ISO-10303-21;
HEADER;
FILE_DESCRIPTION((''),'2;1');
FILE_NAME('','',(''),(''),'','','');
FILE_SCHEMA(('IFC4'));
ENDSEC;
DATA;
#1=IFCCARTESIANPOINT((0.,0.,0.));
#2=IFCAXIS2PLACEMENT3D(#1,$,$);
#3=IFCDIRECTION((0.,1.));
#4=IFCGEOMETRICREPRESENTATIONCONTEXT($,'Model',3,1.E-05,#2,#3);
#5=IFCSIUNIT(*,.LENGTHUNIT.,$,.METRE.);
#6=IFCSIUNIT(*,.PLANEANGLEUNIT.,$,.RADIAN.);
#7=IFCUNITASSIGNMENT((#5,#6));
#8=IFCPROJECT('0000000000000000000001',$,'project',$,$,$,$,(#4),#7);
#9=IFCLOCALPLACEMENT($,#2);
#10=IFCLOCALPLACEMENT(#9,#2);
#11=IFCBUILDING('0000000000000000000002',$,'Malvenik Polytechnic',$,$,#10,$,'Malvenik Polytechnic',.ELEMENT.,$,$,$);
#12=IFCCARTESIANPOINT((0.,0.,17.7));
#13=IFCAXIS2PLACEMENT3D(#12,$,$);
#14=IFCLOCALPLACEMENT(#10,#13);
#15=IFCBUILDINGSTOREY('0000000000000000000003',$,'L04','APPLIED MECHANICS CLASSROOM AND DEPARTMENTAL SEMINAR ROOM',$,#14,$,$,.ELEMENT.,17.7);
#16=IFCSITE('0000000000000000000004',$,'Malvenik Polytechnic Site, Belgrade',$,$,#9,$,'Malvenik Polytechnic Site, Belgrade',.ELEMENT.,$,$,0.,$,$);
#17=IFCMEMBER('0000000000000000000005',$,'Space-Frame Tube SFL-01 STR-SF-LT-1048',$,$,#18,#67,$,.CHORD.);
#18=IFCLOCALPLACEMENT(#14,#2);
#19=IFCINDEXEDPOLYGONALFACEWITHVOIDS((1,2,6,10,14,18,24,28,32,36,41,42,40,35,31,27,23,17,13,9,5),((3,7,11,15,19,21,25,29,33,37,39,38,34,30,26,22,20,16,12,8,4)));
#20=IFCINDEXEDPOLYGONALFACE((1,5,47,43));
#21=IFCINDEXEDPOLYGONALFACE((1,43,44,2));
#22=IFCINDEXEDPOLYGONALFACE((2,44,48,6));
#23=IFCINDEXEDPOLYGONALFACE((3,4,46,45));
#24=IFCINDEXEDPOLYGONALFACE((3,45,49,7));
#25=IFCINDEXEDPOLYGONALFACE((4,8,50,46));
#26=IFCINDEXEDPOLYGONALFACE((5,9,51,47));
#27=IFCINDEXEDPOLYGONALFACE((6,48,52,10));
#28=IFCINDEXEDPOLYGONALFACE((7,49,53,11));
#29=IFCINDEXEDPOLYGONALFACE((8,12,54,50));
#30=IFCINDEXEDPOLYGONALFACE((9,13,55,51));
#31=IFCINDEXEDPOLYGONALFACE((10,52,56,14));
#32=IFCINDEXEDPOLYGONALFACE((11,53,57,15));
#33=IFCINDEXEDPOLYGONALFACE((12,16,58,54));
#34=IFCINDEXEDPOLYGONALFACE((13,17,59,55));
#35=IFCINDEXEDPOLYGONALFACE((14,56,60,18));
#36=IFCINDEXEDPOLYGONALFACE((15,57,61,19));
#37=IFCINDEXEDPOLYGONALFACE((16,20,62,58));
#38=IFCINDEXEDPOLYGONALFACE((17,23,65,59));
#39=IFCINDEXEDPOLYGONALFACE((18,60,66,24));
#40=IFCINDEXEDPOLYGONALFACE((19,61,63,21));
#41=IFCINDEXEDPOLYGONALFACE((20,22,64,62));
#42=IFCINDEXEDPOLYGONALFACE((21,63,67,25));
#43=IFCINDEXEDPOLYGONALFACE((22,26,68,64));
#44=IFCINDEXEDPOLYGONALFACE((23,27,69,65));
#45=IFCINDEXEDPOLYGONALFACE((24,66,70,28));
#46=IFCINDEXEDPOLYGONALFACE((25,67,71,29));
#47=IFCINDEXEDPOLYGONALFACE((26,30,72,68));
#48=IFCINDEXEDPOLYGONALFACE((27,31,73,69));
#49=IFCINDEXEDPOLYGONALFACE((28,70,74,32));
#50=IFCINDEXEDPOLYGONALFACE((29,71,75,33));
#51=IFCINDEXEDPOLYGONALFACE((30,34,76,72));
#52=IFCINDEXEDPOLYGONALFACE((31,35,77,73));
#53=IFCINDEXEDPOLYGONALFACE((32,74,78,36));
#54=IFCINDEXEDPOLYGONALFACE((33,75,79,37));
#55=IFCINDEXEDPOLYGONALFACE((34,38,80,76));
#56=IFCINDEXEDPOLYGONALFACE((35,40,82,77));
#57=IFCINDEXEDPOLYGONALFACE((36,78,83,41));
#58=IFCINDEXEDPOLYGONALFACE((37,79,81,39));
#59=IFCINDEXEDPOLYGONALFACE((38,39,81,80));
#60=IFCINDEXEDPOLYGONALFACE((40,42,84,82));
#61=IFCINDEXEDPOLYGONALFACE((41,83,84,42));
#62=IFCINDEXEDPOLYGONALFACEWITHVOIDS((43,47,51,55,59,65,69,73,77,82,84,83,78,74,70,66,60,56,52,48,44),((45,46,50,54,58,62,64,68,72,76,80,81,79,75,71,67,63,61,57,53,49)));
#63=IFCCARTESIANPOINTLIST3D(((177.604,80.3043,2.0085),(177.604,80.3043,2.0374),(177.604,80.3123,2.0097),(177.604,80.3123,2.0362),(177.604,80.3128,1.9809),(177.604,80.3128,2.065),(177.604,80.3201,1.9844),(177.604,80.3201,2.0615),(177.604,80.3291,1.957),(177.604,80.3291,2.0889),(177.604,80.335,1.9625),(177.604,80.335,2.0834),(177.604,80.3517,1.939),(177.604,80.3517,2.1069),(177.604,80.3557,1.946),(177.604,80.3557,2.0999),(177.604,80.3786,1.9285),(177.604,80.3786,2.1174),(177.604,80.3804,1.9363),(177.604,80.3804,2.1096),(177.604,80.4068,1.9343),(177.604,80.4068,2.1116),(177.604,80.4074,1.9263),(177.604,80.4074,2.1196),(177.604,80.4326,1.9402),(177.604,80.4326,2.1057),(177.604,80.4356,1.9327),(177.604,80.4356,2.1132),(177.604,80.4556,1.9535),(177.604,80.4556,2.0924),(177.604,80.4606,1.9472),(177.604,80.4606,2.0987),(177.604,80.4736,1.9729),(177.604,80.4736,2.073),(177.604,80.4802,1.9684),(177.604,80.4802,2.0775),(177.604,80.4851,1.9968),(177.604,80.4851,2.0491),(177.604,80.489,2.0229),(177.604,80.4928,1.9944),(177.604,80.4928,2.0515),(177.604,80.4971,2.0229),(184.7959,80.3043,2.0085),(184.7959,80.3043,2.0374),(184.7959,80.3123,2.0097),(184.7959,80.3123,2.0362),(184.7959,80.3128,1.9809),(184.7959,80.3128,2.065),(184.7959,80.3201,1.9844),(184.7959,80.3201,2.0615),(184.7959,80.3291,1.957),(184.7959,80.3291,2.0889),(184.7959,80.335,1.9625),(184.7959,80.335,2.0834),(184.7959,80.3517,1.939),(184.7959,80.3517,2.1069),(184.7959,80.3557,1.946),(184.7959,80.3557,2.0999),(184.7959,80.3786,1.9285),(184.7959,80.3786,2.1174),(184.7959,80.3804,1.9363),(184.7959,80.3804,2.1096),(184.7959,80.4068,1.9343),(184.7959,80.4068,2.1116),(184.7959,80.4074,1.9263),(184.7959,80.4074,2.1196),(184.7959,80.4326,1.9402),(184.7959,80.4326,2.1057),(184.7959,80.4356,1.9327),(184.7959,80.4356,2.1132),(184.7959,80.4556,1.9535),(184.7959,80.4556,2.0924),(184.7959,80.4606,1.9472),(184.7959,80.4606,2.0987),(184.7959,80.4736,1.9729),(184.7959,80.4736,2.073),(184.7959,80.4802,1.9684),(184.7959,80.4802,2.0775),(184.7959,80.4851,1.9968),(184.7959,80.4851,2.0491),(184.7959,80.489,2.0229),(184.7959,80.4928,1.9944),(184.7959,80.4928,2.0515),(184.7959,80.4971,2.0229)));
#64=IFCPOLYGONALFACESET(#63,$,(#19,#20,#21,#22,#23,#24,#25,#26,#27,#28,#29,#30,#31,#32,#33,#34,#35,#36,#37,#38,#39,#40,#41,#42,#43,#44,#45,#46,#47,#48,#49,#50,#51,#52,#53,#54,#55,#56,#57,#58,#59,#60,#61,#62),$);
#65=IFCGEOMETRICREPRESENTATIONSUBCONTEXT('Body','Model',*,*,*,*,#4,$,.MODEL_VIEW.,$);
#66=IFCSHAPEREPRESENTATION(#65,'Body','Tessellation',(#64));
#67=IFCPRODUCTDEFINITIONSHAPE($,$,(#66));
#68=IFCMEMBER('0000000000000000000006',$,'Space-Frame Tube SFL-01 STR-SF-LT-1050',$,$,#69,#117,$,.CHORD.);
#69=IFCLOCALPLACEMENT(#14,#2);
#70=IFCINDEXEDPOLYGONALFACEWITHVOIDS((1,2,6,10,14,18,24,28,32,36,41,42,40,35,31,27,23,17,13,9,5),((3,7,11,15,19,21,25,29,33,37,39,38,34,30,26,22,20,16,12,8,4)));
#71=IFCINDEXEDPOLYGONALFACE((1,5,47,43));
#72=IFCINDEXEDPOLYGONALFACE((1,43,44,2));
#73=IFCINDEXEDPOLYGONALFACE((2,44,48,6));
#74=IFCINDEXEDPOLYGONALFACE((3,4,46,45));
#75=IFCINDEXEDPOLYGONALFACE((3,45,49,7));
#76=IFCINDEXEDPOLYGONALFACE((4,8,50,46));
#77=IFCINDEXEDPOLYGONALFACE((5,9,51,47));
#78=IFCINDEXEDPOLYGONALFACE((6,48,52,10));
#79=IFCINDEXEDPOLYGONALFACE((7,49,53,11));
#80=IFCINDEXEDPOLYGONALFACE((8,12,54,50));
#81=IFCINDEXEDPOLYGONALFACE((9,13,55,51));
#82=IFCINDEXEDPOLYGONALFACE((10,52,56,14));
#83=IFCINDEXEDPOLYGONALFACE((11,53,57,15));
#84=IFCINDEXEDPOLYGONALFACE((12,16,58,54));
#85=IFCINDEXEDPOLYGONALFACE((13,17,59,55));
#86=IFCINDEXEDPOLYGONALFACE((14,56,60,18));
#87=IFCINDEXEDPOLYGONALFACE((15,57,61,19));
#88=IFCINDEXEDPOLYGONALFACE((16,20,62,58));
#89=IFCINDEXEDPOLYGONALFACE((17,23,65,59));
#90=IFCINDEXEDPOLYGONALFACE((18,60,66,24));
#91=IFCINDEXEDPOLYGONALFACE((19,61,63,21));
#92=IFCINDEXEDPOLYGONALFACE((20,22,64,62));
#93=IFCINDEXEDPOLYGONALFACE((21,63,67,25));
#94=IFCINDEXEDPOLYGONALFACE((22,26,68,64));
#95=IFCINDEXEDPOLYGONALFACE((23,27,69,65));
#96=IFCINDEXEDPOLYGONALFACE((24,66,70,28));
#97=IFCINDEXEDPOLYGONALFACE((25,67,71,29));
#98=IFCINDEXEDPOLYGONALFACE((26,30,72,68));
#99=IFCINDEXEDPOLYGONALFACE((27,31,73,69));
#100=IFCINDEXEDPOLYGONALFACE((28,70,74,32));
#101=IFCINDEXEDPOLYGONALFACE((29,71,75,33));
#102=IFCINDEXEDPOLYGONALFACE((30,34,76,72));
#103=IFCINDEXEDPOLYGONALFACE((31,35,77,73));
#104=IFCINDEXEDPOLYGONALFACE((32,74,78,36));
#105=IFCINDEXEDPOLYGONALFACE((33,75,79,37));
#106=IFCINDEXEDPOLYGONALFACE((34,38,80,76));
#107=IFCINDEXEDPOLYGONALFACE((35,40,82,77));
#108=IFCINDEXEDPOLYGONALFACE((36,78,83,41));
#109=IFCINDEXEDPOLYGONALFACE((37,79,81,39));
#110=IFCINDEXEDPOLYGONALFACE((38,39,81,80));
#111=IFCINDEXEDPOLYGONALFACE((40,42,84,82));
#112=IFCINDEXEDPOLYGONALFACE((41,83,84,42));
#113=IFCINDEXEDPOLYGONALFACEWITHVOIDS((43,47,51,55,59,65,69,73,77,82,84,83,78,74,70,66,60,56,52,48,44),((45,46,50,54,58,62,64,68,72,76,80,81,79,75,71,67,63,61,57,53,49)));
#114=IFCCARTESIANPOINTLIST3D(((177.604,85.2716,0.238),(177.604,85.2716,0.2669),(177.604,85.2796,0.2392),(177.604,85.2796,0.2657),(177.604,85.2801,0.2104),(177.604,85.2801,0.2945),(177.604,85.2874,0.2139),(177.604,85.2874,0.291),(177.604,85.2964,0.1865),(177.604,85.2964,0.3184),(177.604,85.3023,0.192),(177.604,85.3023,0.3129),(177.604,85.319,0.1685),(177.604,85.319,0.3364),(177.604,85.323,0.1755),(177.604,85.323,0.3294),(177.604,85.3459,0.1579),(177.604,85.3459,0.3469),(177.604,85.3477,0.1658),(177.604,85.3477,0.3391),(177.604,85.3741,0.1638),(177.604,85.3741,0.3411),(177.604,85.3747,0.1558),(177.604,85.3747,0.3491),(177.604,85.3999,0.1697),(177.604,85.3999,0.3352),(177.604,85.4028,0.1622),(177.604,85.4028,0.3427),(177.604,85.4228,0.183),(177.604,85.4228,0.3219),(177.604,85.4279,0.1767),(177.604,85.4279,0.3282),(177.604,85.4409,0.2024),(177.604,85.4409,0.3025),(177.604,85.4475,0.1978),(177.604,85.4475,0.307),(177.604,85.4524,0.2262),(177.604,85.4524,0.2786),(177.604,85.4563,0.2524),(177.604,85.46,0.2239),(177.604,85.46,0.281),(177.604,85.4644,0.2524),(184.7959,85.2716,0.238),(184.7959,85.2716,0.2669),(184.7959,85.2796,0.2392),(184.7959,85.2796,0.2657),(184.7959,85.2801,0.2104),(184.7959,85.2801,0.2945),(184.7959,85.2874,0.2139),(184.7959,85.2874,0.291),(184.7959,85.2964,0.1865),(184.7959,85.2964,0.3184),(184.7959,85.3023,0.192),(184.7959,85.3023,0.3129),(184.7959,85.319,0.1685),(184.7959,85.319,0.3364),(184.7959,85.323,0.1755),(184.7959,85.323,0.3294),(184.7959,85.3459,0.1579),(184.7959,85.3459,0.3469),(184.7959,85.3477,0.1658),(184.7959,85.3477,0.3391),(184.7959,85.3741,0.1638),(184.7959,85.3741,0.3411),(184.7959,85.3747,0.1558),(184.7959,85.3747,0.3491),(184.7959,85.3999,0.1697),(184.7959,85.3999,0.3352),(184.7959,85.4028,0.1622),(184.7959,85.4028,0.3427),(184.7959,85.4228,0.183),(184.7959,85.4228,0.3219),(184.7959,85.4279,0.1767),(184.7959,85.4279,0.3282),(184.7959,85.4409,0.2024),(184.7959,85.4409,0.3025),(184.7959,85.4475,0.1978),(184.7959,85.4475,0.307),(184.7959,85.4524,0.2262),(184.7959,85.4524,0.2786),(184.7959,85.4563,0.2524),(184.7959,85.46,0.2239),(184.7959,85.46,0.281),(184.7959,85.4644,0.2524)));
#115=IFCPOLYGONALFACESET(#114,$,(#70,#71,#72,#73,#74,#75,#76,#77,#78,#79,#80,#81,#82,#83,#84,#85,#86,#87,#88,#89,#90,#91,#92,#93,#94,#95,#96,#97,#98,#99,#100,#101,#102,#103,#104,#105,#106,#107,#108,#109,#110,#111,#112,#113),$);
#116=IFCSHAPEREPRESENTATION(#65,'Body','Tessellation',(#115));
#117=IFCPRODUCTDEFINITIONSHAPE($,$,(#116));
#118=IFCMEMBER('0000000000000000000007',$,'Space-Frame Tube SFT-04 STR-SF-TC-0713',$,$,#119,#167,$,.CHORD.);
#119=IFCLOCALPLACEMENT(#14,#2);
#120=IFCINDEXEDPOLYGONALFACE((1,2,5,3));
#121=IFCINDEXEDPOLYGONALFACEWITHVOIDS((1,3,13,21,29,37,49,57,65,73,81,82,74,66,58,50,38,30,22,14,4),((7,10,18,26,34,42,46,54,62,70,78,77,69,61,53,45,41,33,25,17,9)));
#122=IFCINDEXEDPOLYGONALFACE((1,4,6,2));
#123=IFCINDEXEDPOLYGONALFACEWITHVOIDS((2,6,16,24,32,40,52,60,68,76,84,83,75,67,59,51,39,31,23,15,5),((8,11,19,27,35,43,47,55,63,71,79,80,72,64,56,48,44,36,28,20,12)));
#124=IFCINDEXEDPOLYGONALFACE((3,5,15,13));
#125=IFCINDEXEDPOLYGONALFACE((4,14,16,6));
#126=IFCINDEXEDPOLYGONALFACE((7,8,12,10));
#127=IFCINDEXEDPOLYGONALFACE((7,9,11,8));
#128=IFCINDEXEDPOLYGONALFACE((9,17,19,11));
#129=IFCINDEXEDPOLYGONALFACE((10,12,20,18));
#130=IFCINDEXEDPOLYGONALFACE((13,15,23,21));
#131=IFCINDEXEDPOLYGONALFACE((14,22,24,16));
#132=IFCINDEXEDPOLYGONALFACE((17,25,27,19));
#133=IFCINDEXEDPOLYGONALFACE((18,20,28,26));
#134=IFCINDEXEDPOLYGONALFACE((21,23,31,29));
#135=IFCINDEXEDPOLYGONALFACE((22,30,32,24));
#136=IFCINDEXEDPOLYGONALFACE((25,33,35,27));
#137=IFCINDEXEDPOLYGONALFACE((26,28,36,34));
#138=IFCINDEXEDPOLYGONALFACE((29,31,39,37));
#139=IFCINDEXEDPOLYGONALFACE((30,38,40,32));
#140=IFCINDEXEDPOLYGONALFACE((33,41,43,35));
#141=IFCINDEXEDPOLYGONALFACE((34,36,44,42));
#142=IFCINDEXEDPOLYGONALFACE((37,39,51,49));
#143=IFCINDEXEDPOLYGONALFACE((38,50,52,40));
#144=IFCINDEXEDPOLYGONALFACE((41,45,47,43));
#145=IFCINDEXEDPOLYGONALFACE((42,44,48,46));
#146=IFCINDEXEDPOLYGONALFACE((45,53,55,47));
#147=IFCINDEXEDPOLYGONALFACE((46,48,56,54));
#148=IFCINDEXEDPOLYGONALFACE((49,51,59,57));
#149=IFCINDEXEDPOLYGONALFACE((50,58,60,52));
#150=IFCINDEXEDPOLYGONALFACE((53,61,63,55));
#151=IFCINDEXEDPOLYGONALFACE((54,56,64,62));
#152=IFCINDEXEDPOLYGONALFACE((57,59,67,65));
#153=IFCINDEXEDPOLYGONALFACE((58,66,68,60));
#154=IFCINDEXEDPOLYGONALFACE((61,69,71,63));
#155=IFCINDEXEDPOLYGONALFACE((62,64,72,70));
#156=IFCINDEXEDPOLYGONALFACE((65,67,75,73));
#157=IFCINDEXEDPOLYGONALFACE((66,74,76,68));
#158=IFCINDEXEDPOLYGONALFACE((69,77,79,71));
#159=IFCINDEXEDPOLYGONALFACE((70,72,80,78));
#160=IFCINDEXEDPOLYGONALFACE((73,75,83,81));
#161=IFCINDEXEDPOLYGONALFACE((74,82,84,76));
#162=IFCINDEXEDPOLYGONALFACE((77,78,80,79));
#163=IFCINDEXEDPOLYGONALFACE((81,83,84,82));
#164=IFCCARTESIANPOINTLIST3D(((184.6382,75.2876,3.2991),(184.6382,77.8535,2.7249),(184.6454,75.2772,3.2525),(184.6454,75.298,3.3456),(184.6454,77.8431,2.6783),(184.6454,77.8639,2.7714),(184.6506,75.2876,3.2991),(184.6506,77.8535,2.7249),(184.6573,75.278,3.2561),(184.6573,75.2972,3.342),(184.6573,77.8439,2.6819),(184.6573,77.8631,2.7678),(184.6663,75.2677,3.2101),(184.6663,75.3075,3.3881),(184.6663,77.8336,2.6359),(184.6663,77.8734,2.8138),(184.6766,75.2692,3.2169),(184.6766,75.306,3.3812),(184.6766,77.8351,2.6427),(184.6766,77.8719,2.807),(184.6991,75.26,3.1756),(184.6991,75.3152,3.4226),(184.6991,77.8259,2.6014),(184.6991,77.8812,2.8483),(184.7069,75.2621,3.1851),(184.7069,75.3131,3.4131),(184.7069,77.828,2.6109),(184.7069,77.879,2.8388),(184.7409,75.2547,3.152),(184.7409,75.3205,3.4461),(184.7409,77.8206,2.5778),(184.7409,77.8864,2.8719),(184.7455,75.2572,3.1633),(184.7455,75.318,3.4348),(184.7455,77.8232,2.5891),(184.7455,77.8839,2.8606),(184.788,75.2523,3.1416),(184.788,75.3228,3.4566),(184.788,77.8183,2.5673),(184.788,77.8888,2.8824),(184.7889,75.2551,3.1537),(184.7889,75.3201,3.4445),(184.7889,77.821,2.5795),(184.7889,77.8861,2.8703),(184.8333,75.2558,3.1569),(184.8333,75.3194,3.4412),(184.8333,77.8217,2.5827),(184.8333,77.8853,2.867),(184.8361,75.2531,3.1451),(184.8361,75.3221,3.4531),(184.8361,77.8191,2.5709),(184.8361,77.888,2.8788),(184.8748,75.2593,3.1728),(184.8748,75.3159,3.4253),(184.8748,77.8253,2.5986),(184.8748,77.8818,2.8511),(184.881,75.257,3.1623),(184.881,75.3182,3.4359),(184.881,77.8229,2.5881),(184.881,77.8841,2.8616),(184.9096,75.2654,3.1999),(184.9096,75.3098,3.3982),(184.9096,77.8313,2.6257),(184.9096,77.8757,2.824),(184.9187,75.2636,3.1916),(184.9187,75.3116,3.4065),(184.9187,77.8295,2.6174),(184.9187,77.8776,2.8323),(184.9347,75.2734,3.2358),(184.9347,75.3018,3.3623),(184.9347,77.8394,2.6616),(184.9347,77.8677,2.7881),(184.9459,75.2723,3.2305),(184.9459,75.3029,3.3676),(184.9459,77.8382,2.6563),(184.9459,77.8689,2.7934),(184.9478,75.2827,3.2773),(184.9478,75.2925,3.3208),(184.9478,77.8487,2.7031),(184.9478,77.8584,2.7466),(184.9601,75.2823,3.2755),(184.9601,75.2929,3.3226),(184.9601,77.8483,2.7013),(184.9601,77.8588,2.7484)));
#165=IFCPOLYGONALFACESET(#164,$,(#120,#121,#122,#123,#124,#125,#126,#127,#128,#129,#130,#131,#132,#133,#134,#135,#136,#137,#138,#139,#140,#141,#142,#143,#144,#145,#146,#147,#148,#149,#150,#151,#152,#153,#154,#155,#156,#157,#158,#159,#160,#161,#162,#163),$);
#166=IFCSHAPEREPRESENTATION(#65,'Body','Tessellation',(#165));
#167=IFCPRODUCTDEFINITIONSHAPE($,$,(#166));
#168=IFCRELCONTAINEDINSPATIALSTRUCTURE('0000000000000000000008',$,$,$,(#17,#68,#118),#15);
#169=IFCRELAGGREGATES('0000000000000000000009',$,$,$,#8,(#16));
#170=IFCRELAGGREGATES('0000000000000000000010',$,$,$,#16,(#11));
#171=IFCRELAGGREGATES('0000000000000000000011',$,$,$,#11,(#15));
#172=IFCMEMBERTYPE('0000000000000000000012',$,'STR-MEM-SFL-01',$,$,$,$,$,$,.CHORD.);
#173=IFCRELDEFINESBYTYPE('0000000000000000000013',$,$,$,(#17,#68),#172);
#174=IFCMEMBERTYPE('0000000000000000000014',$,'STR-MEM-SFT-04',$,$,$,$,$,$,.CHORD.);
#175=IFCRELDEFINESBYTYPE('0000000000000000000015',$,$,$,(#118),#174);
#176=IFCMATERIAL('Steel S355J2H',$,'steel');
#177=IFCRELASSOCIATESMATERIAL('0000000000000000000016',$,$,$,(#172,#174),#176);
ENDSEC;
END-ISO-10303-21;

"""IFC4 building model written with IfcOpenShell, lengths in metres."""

from ifc_helpers import new_model, si_unit, direction, frame, origin, origin_2d, place, context, subcontext, project, spatial, hollow_circle, extrude, material, material_profile, profile_set, type_object, element, save


model = new_model("IFC4")

# Units and contexts
model_context = context("Model", 3, precision=1e-05, world=origin(), true_north=direction((0.0, 1.0)))
body_context = subcontext(model_context, "Body", "Model", "MODEL_VIEW")
ifc_project = project(units=[si_unit("LENGTHUNIT", "METRE"), si_unit("PLANEANGLEUNIT", "RADIAN")], contexts=[model_context])

# Site, building, storey
site_placement = place(None, origin())
site = spatial("IfcSite", under=ifc_project, at=site_placement, Name="Malvenik Polytechnic Site, Belgrade", LongName="Malvenik Polytechnic Site, Belgrade", CompositionType="ELEMENT", RefElevation=0.0)
building_placement = place(site_placement, origin())
building = spatial("IfcBuilding", under=site, at=building_placement, Name="Malvenik Polytechnic", LongName="Malvenik Polytechnic", CompositionType="ELEMENT")
storey_placement = place(building_placement, frame((0.0, 0.0, 17.7)))
storey = spatial("IfcBuildingStorey", under=building, at=storey_placement, Name="L04", Description="APPLIED MECHANICS CLASSROOM AND DEPARTMENTAL SEMINAR ROOM", CompositionType="ELEMENT", Elevation=17.7)

# Members
ifc_material = material(Name="Steel S355J2H", Category="steel")
ifc_material_profile_1 = material_profile(ifc_material, hollow_circle(Radius=0.0969, WallThickness=0.0081, at=origin_2d()), Name="CHS 193.7x8.0")
ifc_profile_set_1 = profile_set([ifc_material_profile_1], Name="Steel S355J2H")
member_type_1 = type_object("IfcMemberType", Name="STR-MEM-SFL-01", PredefinedType="CHORD", material=ifc_profile_set_1)
for number, where, z_axis, x_axis, name in (
    (1, (177.604, 80.4001, 2.0229), (1.0, 0.0, 0.0), (0.0, 1.0, 0.0), "Space-Frame Tube SFL-01 STR-SF-LT-1048"),
    (2, (177.604, 85.3674, 0.2524), (1.0, 0.0, 0.0), (0.0, 1.0, 0.0), "Space-Frame Tube SFL-01 STR-SF-LT-1050"),
):
    element("IfcMember", number, at=place(storey_placement, frame(where, z_axis=z_axis, x_axis=x_axis)), inside=storey, type_object=member_type_1, Name=name, PredefinedType="CHORD", context=body_context, shape_type="SweptSolid", body=[
        extrude(hollow_circle(Radius=0.0969, WallThickness=0.0081, at=origin_2d()), origin(), (0.0, 0.0, 1.0), 7.1919),
    ])
ifc_material_profile_2 = material_profile(ifc_material, hollow_circle(Radius=0.1619, WallThickness=0.0125, at=origin_2d()), Name="CHS 323.9x12.5")
ifc_profile_set_2 = profile_set([ifc_material_profile_2], Name="Steel S355J2H")
member_type_2 = type_object("IfcMemberType", Name="STR-MEM-SFT-04", PredefinedType="CHORD", material=ifc_profile_set_2)
for number, where, z_axis, x_axis, name in (
    (3, (184.8, 75.2876, 3.2991), (0.0, 0.975863, -0.218385), (-1.0, 0.0, 0.0), "Space-Frame Tube SFT-04 STR-SF-TC-0713"),
):
    element("IfcMember", number, at=place(storey_placement, frame(where, z_axis=z_axis, x_axis=x_axis)), inside=storey, type_object=member_type_2, Name=name, PredefinedType="CHORD", context=body_context, shape_type="SweptSolid", body=[
        extrude(hollow_circle(Radius=0.1619, WallThickness=0.0125, at=origin_2d()), origin(), (0.0, 0.0, 1.0), 2.6294),
    ])

save(model, "model.ifc")
